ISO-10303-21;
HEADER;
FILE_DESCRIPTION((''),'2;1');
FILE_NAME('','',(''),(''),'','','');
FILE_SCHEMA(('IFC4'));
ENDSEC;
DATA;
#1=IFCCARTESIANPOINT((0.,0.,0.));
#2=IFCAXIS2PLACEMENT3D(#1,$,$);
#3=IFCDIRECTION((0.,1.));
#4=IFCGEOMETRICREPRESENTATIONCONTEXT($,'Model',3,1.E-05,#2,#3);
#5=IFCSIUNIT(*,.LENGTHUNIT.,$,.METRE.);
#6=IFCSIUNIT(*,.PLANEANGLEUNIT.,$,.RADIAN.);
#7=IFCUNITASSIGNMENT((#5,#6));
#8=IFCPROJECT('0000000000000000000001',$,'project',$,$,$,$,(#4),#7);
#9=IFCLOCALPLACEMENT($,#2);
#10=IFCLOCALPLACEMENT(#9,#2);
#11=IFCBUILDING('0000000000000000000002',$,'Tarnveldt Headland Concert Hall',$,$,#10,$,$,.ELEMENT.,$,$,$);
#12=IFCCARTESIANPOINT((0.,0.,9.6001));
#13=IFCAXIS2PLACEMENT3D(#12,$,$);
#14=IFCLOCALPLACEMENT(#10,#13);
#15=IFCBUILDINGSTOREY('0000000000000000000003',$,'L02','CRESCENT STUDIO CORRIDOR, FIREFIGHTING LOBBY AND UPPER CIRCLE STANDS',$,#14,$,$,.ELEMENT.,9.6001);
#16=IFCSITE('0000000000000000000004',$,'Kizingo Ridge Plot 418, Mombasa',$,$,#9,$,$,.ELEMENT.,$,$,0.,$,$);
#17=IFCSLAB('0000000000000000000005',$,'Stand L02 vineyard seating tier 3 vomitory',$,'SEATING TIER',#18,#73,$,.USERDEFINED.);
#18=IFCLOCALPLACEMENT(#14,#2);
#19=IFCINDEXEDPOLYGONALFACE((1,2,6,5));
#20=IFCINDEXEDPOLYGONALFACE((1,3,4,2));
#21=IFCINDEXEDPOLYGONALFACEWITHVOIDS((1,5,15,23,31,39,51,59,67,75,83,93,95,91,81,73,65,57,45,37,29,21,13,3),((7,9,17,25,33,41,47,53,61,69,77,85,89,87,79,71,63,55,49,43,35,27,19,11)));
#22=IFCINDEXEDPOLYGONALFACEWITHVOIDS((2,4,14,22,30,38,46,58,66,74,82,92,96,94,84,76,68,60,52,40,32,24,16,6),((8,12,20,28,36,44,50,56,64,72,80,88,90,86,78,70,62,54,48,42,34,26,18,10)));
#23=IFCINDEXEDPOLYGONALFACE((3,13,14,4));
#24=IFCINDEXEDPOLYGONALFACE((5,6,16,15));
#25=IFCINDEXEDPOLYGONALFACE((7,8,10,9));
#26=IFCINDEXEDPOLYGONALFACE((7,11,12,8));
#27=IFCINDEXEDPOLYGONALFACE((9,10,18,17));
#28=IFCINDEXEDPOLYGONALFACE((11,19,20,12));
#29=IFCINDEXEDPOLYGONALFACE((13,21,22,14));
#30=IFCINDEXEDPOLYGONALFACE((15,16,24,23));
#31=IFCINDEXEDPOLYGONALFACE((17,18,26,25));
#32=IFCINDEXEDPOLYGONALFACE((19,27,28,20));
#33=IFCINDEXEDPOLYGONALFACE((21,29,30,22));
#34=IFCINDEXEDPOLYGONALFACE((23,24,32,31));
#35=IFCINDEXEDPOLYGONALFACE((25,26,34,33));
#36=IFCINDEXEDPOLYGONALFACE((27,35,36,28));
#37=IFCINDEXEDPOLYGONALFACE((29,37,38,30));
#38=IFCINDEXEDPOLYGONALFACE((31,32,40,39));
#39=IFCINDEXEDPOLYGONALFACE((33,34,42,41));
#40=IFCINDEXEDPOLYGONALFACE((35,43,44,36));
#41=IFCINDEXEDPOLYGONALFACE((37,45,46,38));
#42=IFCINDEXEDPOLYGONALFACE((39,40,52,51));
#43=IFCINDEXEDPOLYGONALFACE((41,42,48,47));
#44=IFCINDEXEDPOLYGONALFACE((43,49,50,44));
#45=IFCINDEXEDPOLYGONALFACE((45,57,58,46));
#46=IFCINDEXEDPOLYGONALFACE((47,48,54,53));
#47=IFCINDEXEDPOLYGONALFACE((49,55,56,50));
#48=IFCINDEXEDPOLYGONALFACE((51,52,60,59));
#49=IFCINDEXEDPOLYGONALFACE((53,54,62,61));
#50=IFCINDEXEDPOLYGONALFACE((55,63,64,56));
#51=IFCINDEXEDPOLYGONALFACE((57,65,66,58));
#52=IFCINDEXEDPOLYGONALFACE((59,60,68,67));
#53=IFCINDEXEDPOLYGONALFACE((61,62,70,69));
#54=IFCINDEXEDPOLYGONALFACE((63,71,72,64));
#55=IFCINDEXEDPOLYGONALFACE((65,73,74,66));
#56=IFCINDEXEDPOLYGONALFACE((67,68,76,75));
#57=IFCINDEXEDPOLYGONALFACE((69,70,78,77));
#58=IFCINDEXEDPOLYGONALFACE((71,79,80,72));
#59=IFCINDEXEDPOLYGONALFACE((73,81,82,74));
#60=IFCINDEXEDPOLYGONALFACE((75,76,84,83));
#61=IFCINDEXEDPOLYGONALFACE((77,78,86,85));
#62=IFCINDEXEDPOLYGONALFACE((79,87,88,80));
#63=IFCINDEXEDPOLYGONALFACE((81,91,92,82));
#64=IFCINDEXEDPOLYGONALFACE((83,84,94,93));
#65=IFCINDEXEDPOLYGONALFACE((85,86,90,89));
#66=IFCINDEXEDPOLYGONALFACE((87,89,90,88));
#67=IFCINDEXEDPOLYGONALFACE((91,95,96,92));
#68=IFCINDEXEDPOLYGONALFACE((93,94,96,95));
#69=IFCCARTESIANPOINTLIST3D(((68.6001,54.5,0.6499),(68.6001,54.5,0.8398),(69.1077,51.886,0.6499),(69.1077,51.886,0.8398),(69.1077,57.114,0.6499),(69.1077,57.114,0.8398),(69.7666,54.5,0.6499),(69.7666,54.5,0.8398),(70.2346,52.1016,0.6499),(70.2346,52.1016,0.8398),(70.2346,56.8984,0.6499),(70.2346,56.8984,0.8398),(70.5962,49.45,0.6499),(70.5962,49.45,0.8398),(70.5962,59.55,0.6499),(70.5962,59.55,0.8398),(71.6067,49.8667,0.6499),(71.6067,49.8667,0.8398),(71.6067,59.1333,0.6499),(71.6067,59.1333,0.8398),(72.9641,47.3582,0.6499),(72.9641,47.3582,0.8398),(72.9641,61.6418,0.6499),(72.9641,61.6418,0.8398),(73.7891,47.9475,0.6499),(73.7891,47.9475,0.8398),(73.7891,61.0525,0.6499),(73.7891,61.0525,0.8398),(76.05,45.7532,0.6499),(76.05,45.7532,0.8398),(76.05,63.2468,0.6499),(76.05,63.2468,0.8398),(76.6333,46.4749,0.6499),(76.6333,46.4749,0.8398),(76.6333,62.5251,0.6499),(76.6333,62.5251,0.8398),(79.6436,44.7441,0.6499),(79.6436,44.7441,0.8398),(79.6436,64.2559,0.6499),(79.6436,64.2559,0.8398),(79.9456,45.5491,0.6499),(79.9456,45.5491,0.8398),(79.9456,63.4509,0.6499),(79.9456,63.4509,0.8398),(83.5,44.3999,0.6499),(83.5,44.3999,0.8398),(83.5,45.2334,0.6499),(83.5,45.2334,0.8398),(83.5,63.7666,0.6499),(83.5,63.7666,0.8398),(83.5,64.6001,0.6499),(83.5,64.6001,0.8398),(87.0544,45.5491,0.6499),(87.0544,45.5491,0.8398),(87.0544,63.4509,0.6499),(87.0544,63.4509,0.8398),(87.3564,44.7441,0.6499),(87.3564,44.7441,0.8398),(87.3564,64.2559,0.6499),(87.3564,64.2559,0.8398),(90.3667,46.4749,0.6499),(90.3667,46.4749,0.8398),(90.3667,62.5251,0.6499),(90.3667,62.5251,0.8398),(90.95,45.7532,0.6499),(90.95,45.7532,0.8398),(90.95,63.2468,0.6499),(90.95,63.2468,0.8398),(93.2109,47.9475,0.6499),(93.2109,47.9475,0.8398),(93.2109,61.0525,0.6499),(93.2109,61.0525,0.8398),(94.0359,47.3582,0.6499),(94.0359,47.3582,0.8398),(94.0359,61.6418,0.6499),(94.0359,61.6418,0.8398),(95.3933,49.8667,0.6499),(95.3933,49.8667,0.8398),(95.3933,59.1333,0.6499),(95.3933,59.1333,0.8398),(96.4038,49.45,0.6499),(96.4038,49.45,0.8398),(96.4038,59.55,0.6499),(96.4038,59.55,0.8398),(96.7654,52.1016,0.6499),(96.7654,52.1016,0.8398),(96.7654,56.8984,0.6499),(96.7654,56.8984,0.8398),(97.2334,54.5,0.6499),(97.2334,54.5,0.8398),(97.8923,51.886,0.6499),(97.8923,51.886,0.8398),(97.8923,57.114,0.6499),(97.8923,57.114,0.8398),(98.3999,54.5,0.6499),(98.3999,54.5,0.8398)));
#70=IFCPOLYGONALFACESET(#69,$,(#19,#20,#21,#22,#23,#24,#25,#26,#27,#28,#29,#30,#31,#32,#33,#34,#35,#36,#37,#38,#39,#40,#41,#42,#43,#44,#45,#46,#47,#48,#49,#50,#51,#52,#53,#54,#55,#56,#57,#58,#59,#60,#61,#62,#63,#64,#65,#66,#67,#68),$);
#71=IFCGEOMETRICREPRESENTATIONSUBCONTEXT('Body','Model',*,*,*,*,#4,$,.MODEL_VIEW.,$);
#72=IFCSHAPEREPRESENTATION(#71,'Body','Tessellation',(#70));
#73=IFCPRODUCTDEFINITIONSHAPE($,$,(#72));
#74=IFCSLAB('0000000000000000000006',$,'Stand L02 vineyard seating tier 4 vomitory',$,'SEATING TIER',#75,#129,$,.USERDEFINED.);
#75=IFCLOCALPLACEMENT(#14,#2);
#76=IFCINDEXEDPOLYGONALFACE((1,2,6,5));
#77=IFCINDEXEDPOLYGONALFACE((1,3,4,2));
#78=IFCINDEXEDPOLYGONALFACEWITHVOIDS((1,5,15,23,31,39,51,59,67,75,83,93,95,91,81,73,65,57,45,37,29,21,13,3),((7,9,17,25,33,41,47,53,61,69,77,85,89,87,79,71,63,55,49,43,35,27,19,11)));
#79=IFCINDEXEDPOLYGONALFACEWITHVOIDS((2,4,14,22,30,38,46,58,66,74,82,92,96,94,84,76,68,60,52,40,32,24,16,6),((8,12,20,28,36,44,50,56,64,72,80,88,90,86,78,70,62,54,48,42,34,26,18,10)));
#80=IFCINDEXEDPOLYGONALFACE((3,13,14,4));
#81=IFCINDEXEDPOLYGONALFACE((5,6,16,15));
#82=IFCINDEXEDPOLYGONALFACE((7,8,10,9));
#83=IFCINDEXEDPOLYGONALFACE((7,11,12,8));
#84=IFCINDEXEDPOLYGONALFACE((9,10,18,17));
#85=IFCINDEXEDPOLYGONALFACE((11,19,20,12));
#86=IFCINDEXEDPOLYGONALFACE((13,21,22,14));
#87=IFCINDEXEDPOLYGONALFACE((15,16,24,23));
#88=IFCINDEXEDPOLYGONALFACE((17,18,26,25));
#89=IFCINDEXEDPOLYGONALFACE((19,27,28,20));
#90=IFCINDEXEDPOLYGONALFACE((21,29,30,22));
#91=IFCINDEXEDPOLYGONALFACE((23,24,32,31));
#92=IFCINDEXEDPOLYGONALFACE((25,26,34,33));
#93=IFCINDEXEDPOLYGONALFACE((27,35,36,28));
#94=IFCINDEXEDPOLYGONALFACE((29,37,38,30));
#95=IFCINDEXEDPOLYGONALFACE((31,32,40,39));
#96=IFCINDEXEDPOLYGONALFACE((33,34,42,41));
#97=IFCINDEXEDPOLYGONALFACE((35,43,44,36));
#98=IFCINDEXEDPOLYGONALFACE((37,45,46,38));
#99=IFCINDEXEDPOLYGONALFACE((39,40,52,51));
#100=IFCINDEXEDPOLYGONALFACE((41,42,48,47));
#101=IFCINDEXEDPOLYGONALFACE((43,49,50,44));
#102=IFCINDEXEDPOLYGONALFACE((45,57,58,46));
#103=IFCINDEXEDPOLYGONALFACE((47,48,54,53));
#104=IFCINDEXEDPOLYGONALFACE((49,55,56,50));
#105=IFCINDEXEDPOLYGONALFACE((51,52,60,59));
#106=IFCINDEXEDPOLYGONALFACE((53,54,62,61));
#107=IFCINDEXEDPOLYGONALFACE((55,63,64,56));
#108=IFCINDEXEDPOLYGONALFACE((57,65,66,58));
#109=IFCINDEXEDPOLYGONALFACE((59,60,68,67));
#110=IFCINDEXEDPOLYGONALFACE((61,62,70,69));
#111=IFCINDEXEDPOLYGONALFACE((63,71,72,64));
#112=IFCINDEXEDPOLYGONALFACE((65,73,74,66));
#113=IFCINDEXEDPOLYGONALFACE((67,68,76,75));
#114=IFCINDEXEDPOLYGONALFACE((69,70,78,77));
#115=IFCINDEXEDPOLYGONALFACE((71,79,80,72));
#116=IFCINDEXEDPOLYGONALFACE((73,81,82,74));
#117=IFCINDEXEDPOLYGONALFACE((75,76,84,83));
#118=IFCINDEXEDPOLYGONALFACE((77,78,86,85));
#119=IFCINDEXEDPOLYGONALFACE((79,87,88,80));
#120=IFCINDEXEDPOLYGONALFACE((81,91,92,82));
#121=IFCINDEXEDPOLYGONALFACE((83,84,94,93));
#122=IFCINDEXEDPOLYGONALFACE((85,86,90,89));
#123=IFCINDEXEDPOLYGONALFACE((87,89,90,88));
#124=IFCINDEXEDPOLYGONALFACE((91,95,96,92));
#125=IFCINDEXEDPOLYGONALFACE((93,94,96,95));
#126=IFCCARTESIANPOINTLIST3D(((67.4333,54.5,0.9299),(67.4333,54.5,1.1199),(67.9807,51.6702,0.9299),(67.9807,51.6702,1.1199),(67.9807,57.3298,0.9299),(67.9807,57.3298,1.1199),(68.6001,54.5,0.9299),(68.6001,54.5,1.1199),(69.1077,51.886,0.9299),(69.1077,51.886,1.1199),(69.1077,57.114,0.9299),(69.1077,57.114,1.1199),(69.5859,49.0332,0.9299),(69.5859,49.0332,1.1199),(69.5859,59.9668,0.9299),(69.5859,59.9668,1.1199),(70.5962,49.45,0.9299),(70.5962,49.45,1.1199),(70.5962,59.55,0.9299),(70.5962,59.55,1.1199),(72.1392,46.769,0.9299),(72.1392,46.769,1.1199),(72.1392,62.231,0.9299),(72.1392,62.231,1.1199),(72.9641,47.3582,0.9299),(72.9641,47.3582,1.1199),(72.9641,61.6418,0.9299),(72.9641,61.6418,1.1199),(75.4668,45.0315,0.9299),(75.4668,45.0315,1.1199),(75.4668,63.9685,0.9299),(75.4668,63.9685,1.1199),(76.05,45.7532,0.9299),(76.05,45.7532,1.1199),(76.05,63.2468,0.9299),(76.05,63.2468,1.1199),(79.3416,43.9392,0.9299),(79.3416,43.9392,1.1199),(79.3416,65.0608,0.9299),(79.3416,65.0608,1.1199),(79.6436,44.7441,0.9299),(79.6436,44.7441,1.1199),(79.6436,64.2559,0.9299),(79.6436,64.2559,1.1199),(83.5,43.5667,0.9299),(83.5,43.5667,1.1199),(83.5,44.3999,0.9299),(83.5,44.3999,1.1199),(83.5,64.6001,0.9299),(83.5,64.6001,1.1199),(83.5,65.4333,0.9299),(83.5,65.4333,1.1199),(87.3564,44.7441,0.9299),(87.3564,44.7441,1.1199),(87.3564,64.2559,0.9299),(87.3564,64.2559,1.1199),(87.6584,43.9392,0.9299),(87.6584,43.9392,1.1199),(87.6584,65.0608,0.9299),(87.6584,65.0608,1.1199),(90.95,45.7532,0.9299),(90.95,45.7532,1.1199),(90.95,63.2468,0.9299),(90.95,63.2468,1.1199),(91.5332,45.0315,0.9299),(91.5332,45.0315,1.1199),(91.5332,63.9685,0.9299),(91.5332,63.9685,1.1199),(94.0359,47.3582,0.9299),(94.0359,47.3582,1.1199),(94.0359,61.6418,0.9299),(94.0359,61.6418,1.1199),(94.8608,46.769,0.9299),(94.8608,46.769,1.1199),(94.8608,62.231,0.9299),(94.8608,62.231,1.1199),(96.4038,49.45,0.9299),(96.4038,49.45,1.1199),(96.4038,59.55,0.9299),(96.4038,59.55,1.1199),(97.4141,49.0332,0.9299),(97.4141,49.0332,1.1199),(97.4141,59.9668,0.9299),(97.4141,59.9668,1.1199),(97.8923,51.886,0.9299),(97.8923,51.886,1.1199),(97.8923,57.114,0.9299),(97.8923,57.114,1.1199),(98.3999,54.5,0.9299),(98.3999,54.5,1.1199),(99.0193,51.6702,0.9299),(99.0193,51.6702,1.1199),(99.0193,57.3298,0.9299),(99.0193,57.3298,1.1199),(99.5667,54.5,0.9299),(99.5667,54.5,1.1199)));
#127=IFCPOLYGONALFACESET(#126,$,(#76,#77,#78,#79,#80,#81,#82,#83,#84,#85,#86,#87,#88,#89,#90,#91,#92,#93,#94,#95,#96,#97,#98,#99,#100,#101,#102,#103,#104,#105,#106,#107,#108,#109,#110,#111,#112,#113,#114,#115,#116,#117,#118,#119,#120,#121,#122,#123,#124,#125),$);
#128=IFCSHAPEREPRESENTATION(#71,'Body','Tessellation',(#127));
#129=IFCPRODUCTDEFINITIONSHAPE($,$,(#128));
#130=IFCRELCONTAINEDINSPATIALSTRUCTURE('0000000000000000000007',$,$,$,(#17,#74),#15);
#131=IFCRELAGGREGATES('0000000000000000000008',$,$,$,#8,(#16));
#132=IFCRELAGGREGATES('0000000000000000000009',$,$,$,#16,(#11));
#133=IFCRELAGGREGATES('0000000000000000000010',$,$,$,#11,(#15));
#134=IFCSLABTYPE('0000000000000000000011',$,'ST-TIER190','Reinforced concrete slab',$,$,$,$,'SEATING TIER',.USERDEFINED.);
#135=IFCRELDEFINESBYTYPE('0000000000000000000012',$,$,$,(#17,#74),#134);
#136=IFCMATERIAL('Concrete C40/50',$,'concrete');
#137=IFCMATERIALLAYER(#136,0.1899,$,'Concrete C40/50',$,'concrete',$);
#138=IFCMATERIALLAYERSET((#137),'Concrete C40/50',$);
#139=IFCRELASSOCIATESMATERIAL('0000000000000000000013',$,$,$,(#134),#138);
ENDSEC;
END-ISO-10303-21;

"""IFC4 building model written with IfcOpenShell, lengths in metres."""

from ifc_helpers import new_model, si_unit, direction, frame, origin, place, context, subcontext, project, spatial, polyline, outline, extrude, material, layer, layer_set, type_object, element, save


model = new_model("IFC4")

# Units and contexts
model_context = context("Model", 3, precision=1e-05, world=origin(), true_north=direction((0.0, 1.0)))
body_context = subcontext(model_context, "Body", "Model", "MODEL_VIEW")
ifc_project = project(units=[si_unit("LENGTHUNIT", "METRE"), si_unit("PLANEANGLEUNIT", "RADIAN")], contexts=[model_context])

# Site, building, storey
site_placement = place(None, origin())
site = spatial("IfcSite", under=ifc_project, at=site_placement, Name="Kizingo Ridge Plot 418, Mombasa", CompositionType="ELEMENT", RefElevation=0.0)
building_placement = place(site_placement, origin())
building = spatial("IfcBuilding", under=site, at=building_placement, Name="Tarnveldt Headland Concert Hall", CompositionType="ELEMENT")
storey_placement = place(building_placement, frame((0.0, 0.0, 9.6001)))
storey = spatial("IfcBuildingStorey", under=building, at=storey_placement, Name="L02", Description="CRESCENT STUDIO CORRIDOR, FIREFIGHTING LOBBY AND UPPER CIRCLE STANDS", CompositionType="ELEMENT", Elevation=9.6001)

# Shared definitions
ifc_material_1 = material(Name="Concrete C40/50", Category="concrete")

# Slabs
ifc_layer_1 = layer(ifc_material_1, 0.1899, Name="Concrete C40/50", Category="concrete")
ifc_layer_set_1 = layer_set([ifc_layer_1], Name="Concrete C40/50")
slab_type_1 = type_object("IfcSlabType", Name="ST-TIER190", Description="Reinforced concrete slab", ElementType="SEATING TIER", PredefinedType="USERDEFINED", material=ifc_layer_set_1)
slab_1_placement = place(storey_placement, frame((0.0, 0.0, 0.6499)))
element("IfcSlab", 1, at=slab_1_placement, inside=storey, type_object=slab_type_1, Name="Stand L02 vineyard seating tier 3 vomitory", ObjectType="SEATING TIER", PredefinedType="USERDEFINED", context=body_context, shape_type="SweptSolid", body=[
    extrude(outline(polyline([(98.3999, 54.5), (97.8923, 57.114), (96.4038, 59.55), (94.0359, 61.6418), (90.95, 63.2468), (87.3564, 64.2559), (83.5, 64.6001), (79.6436, 64.2559), (76.05, 63.2468), (72.9641, 61.6418), (70.5962, 59.55), (69.1077, 57.114), (68.6001, 54.5), (69.1077, 51.886), (70.5962, 49.45), (72.9641, 47.3582), (76.05, 45.7532), (79.6436, 44.7441), (83.5, 44.3999), (87.3564, 44.7441), (90.95, 45.7532), (94.0359, 47.3582), (96.4038, 49.45), (97.8923, 51.886), (98.3999, 54.5)]), holes=[polyline([(96.7654, 52.1016), (95.3933, 49.8667), (93.2109, 47.9475), (90.3667, 46.4749), (87.0544, 45.5491), (83.5, 45.2334), (79.9456, 45.5491), (76.6333, 46.4749), (73.7891, 47.9475), (71.6067, 49.8667), (70.2346, 52.1016), (69.7666, 54.5), (70.2346, 56.8984), (71.6067, 59.1333), (73.7891, 61.0525), (76.6333, 62.5251), (79.9456, 63.4509), (83.5, 63.7666), (87.0544, 63.4509), (90.3667, 62.5251), (93.2109, 61.0525), (95.3933, 59.1333), (96.7654, 56.8984), (97.2334, 54.5), (96.7654, 52.1016)])]), origin(), (0.0, 0.0, 1.0), 0.1899),
])
slab_2_placement = place(storey_placement, frame((0.0, 0.0, 0.9299)))
element("IfcSlab", 2, at=slab_2_placement, inside=storey, type_object=slab_type_1, Name="Stand L02 vineyard seating tier 4 vomitory", ObjectType="SEATING TIER", PredefinedType="USERDEFINED", context=body_context, shape_type="SweptSolid", body=[
    extrude(outline(polyline([(99.5667, 54.5), (99.0193, 57.3298), (97.4141, 59.9668), (94.8608, 62.231), (91.5332, 63.9685), (87.6584, 65.0608), (83.5, 65.4333), (79.3416, 65.0608), (75.4668, 63.9685), (72.1392, 62.231), (69.5859, 59.9668), (67.9807, 57.3298), (67.4333, 54.5), (67.9807, 51.6702), (69.5859, 49.0332), (72.1392, 46.769), (75.4668, 45.0315), (79.3416, 43.9392), (83.5, 43.5667), (87.6584, 43.9392), (91.5332, 45.0315), (94.8608, 46.769), (97.4141, 49.0332), (99.0193, 51.6702), (99.5667, 54.5)]), holes=[polyline([(97.8923, 51.886), (96.4038, 49.45), (94.0359, 47.3582), (90.95, 45.7532), (87.3564, 44.7441), (83.5, 44.3999), (79.6436, 44.7441), (76.05, 45.7532), (72.9641, 47.3582), (70.5962, 49.45), (69.1077, 51.886), (68.6001, 54.5), (69.1077, 57.114), (70.5962, 59.55), (72.9641, 61.6418), (76.05, 63.2468), (79.6436, 64.2559), (83.5, 64.6001), (87.3564, 64.2559), (90.95, 63.2468), (94.0359, 61.6418), (96.4038, 59.55), (97.8923, 57.114), (98.3999, 54.5), (97.8923, 51.886)])]), origin(), (0.0, 0.0, 1.0), 0.1899),
])

save(model, "model.ifc")
